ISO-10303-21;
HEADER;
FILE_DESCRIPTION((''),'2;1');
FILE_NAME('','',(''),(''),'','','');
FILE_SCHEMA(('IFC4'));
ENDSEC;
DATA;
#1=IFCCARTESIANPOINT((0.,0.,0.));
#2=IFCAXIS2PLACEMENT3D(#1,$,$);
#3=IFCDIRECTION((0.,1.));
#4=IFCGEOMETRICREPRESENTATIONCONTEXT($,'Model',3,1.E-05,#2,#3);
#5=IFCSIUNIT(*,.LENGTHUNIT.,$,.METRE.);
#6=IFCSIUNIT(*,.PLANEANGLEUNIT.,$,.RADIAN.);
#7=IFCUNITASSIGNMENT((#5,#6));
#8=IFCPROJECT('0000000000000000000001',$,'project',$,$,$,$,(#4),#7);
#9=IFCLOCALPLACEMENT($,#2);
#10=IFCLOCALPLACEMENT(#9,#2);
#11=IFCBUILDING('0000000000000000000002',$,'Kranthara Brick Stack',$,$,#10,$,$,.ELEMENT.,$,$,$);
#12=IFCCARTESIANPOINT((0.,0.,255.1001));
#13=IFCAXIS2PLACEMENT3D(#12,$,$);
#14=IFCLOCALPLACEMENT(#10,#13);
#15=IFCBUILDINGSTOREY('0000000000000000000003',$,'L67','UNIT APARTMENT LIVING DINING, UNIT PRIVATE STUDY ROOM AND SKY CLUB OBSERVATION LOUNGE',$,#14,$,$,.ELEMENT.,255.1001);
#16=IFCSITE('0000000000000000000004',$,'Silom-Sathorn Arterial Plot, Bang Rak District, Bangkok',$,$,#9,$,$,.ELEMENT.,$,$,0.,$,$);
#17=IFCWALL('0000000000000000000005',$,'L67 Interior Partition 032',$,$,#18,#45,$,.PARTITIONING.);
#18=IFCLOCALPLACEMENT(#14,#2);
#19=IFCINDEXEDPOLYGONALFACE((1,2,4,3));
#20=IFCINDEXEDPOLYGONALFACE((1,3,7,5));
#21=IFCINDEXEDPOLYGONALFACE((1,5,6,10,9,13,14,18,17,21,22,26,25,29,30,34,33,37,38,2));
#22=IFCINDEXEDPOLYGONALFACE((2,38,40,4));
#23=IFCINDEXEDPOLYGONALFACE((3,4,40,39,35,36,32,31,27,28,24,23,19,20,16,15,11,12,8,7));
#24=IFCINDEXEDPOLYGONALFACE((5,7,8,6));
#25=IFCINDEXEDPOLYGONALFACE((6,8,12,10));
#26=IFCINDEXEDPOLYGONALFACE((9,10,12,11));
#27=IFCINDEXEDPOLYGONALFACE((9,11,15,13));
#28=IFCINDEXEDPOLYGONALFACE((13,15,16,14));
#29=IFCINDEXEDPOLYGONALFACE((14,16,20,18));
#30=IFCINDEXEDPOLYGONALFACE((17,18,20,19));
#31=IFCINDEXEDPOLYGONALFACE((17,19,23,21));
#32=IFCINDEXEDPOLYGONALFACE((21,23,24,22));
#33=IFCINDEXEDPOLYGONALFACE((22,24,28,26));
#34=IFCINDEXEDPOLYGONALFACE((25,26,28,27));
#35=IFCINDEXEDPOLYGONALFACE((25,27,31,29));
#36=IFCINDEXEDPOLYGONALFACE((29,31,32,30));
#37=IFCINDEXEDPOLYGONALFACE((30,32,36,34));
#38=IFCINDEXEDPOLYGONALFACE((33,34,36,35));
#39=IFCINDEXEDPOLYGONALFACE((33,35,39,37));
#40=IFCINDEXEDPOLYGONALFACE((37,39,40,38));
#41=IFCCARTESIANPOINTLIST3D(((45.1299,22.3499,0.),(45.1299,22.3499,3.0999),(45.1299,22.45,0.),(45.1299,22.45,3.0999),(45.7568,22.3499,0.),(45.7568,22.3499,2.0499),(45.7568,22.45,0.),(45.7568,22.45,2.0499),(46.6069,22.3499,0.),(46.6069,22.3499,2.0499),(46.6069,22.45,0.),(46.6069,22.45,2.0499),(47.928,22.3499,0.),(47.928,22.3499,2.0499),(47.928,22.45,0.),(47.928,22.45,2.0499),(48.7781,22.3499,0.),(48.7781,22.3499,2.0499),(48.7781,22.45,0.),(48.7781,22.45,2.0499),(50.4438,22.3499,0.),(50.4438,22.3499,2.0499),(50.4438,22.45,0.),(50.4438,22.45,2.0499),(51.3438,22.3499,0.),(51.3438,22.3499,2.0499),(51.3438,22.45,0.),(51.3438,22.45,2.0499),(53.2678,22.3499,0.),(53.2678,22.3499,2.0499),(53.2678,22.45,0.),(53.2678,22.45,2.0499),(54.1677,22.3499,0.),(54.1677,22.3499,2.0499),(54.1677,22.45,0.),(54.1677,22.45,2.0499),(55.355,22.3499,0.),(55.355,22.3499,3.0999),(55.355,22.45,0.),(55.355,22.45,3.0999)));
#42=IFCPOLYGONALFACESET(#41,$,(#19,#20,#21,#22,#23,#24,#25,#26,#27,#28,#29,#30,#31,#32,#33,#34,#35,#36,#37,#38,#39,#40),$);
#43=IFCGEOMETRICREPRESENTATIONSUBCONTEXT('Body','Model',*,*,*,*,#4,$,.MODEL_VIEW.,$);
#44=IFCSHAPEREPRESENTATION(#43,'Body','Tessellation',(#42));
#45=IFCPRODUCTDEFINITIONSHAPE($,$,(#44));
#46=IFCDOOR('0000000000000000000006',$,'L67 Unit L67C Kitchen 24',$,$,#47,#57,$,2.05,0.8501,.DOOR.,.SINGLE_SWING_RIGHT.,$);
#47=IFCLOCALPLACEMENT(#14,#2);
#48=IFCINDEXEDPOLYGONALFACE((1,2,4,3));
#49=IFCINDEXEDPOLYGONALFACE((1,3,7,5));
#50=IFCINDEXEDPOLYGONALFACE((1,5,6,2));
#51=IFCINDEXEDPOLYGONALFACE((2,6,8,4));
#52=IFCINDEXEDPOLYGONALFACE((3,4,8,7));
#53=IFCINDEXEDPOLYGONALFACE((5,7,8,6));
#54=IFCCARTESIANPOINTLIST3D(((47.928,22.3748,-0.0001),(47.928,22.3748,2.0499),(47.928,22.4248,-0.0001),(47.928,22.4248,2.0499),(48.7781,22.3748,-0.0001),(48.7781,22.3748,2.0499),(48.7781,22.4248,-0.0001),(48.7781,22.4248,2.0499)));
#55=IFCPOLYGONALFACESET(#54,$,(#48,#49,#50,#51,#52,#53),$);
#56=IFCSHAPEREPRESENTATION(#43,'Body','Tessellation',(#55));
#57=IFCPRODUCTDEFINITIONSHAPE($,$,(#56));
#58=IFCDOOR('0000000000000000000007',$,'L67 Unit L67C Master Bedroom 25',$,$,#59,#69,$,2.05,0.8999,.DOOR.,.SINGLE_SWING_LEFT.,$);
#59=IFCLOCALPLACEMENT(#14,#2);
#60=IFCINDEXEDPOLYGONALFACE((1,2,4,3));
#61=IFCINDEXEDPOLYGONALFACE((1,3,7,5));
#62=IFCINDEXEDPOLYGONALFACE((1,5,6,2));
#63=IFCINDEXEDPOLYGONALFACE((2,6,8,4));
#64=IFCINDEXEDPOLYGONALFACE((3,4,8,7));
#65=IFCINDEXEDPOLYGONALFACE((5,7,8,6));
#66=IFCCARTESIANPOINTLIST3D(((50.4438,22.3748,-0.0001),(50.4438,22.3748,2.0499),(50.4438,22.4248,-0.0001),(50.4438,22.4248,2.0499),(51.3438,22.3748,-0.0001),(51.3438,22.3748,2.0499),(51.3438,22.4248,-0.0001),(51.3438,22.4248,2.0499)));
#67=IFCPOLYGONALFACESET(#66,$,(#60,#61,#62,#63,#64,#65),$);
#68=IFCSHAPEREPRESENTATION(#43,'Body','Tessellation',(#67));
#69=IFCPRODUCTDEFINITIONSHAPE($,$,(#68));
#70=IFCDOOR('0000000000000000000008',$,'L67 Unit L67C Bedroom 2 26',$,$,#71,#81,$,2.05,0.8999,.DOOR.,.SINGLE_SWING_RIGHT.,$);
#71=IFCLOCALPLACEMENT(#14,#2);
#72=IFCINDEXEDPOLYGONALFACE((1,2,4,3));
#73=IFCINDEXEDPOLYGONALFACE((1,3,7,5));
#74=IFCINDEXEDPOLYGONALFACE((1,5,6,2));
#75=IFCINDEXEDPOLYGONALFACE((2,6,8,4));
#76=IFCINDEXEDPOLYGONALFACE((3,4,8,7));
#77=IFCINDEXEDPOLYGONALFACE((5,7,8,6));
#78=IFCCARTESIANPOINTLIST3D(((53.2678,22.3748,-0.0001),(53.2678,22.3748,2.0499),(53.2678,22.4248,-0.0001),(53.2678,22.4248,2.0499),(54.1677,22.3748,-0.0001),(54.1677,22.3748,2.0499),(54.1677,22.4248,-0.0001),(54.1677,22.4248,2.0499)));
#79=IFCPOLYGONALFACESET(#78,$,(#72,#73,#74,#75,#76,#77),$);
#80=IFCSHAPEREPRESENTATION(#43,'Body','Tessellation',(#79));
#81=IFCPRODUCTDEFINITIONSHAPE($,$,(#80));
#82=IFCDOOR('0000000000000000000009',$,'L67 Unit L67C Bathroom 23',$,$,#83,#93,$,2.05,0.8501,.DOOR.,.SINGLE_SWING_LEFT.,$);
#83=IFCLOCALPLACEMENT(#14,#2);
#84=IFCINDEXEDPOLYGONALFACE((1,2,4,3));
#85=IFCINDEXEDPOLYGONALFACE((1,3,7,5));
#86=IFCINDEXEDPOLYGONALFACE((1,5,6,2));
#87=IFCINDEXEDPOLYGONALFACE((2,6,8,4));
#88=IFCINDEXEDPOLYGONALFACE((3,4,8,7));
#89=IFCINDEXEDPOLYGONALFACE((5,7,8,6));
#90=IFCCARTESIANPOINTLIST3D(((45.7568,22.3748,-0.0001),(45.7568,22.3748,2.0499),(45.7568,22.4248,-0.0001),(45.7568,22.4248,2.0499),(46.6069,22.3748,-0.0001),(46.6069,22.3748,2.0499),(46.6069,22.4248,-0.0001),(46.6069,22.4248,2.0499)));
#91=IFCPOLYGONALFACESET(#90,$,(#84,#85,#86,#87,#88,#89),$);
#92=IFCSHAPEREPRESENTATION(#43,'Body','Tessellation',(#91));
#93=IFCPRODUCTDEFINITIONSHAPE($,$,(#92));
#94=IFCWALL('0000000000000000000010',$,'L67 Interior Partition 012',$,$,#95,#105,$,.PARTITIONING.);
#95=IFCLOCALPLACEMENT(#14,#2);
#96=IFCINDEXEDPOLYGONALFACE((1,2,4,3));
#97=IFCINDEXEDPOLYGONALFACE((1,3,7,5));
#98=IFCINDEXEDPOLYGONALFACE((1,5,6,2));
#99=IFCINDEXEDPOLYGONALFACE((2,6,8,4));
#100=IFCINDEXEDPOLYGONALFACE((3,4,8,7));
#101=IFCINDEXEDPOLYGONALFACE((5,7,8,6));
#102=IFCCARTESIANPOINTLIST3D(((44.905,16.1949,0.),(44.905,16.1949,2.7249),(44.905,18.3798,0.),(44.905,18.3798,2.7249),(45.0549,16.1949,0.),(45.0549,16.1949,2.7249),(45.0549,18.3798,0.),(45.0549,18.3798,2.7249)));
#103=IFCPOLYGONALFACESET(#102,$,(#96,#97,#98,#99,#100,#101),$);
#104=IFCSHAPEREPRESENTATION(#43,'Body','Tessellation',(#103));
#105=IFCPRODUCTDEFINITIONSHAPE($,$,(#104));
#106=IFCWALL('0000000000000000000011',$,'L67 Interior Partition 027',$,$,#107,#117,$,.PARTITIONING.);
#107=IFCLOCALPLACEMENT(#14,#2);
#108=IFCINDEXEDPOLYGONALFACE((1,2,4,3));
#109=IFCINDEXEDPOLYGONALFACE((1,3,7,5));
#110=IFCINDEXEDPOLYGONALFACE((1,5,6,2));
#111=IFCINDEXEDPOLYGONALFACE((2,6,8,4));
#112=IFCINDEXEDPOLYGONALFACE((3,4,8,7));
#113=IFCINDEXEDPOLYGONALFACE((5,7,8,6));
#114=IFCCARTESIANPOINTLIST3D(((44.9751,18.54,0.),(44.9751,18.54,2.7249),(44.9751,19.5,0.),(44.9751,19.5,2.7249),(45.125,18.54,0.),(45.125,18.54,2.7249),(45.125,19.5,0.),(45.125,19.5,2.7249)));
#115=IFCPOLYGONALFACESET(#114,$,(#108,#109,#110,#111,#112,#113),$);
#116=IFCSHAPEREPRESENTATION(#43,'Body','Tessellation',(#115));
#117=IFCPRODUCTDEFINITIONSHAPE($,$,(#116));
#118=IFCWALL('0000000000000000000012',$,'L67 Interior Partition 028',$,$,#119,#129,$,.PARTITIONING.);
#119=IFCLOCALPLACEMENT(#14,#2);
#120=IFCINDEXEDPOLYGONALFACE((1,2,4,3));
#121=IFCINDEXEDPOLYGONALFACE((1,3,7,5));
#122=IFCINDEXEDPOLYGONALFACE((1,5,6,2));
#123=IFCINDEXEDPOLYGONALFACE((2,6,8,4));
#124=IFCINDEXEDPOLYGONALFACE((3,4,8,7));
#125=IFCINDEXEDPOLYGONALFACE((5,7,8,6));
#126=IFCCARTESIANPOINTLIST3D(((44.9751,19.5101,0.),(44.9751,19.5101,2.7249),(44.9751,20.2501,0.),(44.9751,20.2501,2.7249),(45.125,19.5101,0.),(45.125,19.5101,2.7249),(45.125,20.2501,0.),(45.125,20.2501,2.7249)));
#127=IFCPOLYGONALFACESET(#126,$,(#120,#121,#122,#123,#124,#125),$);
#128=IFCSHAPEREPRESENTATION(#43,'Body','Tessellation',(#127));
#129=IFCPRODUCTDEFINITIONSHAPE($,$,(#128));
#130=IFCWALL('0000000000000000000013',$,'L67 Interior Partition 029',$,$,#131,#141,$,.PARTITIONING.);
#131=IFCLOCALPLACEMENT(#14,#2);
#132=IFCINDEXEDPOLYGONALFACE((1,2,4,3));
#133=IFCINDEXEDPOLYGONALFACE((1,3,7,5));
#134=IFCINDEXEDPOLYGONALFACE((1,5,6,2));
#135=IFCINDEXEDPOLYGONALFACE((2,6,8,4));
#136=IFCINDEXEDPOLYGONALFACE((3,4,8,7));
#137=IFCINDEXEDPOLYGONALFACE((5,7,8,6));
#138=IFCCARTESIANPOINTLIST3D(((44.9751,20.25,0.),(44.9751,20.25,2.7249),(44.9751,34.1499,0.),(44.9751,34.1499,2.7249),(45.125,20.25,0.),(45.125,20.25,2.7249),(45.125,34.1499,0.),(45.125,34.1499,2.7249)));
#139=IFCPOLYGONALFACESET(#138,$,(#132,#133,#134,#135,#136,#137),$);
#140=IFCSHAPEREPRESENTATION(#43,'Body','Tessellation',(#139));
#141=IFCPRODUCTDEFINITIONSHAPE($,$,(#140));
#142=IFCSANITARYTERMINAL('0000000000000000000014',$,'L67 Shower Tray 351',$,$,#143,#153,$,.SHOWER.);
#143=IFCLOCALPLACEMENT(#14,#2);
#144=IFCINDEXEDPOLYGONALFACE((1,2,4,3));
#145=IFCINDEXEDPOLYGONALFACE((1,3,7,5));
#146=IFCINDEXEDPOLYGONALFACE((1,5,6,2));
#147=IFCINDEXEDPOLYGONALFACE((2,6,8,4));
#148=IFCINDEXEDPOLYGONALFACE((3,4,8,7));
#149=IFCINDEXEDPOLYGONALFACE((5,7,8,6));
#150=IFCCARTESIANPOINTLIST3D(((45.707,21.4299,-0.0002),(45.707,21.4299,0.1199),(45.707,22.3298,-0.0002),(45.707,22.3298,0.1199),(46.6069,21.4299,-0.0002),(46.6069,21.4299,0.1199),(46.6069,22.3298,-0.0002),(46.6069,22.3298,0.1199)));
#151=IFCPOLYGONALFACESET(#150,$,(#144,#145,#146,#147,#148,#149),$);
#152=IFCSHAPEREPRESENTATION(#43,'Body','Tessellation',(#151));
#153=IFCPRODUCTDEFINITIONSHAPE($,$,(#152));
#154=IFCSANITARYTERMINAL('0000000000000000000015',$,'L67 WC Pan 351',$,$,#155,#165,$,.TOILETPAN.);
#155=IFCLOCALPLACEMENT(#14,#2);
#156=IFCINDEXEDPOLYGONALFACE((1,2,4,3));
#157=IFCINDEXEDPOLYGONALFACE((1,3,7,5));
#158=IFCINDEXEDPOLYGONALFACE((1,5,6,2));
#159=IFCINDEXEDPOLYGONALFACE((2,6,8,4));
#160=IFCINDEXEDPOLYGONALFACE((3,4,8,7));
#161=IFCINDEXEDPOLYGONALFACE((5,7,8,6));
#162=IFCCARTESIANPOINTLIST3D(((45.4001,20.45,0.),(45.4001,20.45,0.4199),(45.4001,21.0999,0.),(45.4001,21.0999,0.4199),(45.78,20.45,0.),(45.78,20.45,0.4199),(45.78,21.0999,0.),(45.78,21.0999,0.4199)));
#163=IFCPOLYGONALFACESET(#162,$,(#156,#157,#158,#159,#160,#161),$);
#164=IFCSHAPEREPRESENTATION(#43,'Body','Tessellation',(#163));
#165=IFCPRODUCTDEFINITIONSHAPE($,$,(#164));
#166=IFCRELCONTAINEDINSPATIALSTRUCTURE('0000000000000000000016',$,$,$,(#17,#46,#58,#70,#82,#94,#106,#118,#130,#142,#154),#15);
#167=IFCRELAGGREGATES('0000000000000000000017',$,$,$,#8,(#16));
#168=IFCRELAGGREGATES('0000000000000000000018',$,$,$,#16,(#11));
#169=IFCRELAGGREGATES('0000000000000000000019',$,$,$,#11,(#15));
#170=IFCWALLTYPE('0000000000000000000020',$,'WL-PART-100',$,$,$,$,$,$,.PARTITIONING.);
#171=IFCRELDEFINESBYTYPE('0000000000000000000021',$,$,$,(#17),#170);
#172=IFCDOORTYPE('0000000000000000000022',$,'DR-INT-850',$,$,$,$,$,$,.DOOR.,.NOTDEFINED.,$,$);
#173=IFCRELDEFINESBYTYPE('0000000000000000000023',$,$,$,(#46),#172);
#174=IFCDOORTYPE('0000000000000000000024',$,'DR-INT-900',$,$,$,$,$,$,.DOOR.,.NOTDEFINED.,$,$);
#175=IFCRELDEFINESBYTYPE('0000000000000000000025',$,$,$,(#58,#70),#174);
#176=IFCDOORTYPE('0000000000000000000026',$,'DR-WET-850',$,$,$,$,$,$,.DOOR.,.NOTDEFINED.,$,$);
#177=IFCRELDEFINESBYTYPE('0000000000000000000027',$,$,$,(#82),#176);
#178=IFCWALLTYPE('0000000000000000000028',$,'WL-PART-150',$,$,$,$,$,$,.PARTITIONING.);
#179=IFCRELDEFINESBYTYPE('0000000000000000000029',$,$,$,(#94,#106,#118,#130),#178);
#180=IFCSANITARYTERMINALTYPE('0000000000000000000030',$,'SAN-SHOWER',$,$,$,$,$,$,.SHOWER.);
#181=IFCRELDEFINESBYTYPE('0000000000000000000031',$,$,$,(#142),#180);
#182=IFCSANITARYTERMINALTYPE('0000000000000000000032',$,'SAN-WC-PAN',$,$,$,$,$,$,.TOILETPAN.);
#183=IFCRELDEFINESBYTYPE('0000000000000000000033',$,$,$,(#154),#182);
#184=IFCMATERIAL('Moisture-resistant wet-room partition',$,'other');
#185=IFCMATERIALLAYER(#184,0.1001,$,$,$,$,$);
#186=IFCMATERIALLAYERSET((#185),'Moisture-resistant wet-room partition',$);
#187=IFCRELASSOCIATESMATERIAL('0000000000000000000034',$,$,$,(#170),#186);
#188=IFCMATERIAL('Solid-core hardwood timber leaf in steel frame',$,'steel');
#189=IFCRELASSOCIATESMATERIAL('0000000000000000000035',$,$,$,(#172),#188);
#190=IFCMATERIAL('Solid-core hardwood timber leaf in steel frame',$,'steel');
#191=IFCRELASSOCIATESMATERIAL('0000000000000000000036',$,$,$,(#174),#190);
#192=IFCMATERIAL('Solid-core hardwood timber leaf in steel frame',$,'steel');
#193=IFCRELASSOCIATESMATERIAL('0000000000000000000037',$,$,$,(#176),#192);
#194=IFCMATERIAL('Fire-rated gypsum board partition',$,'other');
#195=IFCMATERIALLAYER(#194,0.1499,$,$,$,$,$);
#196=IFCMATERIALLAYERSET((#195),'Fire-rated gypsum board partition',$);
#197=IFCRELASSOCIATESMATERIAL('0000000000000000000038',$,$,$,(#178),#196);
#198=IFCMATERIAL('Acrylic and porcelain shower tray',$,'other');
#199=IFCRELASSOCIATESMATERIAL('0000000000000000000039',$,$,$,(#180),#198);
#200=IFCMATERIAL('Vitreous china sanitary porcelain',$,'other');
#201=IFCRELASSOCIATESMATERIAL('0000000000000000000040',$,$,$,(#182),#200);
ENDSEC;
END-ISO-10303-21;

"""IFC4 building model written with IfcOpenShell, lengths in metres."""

from ifc_helpers import new_model, si_unit, direction, frame, frame_2d, origin, origin_2d, place, context, subcontext, project, spatial, rectangle, extrude, material, layer, layer_set, type_object, element, fill, save


model = new_model("IFC4")

# Units and contexts
model_context = context("Model", 3, precision=1e-05, world=origin(), true_north=direction((0.0, 1.0)))
body_context = subcontext(model_context, "Body", "Model", "MODEL_VIEW")
ifc_project = project(units=[si_unit("LENGTHUNIT", "METRE"), si_unit("PLANEANGLEUNIT", "RADIAN")], contexts=[model_context])

# Site, building, storey
site_placement = place(None, origin())
site = spatial("IfcSite", under=ifc_project, at=site_placement, Name="Silom-Sathorn Arterial Plot, Bang Rak District, Bangkok", CompositionType="ELEMENT", RefElevation=0.0)
building_placement = place(site_placement, origin())
building = spatial("IfcBuilding", under=site, at=building_placement, Name="Kranthara Brick Stack", CompositionType="ELEMENT")
storey_placement = place(building_placement, frame((0.0, 0.0, 255.1001)))
storey = spatial("IfcBuildingStorey", under=building, at=storey_placement, Name="L67", Description="UNIT APARTMENT LIVING DINING, UNIT PRIVATE STUDY ROOM AND SKY CLUB OBSERVATION LOUNGE", CompositionType="ELEMENT", Elevation=255.1001)

# Wall, openings, doors
ifc_material_1 = material(Name="Moisture-resistant wet-room partition", Category="other")
ifc_layer_1 = layer(ifc_material_1, 0.1001)
ifc_layer_set_1 = layer_set([ifc_layer_1], Name="Moisture-resistant wet-room partition")
wall_type_1 = type_object("IfcWallType", Name="WL-PART-100", PredefinedType="PARTITIONING", material=ifc_layer_set_1)
wall_1_placement = place(storey_placement, frame((45.1299, 22.3999, 0.0), z_axis=(0.0, 0.0, 1.0), x_axis=(1.0, 0.0, 0.0)))
wall_1 = element("IfcWall", 1, at=wall_1_placement, inside=storey, type_object=wall_type_1, Name="L67 Interior Partition 032", PredefinedType="PARTITIONING", context=body_context, shape_type="SweptSolid", body=[
    extrude(rectangle(XDim=10.2251, YDim=0.1001, at=frame_2d((5.1125, 0.0))), origin(), (0.0, 0.0, 1.0), 3.0999),
])
opening_1_placement = place(wall_1_placement, frame((0.627, 0.0, 0.0)))
opening_1 = element("IfcOpeningElement", 2, at=opening_1_placement, cuts=wall_1, PredefinedType="OPENING", context=body_context, shape_type="SweptSolid", body=[
    extrude(rectangle(XDim=0.8501, YDim=2.05, at=frame_2d((0.425, 1.0249))), frame((0.0, 0.0601, 0.0), z_axis=(0.0, -1.0, 0.0), x_axis=(1.0, 0.0, 0.0)), (0.0, 0.0, 1.0), 0.1201),
])
opening_2_placement = place(wall_1_placement, frame((2.7981, 0.0, 0.0)))
opening_2 = element("IfcOpeningElement", 3, at=opening_2_placement, cuts=wall_1, PredefinedType="OPENING", context=body_context, shape_type="SweptSolid", body=[
    extrude(rectangle(XDim=0.8501, YDim=2.05, at=frame_2d((0.425, 1.0249))), frame((0.0, 0.0601, 0.0), z_axis=(0.0, -1.0, 0.0), x_axis=(1.0, 0.0, 0.0)), (0.0, 0.0, 1.0), 0.1201),
])
opening_3_placement = place(wall_1_placement, frame((5.314, 0.0, 0.0)))
opening_3 = element("IfcOpeningElement", 4, at=opening_3_placement, cuts=wall_1, PredefinedType="OPENING", context=body_context, shape_type="SweptSolid", body=[
    extrude(rectangle(XDim=0.8999, YDim=2.05, at=frame_2d((0.45, 1.0249))), frame((0.0, 0.0601, 0.0), z_axis=(0.0, -1.0, 0.0), x_axis=(1.0, 0.0, 0.0)), (0.0, 0.0, 1.0), 0.1201),
])
opening_4_placement = place(wall_1_placement, frame((8.1379, 0.0, 0.0)))
opening_4 = element("IfcOpeningElement", 5, at=opening_4_placement, cuts=wall_1, PredefinedType="OPENING", context=body_context, shape_type="SweptSolid", body=[
    extrude(rectangle(XDim=0.8999, YDim=2.05, at=frame_2d((0.45, 1.0249))), frame((0.0, 0.0601, 0.0), z_axis=(0.0, -1.0, 0.0), x_axis=(1.0, 0.0, 0.0)), (0.0, 0.0, 1.0), 0.1201),
])
ifc_material_2 = material(Name="Solid-core hardwood timber leaf in steel frame", Category="steel")
door_type_1 = type_object("IfcDoorType", Name="DR-INT-850", OperationType="NOTDEFINED", PredefinedType="DOOR", material=ifc_material_2)
door_1_placement = place(opening_2_placement, origin())
door_1 = element("IfcDoor", 6, at=door_1_placement, inside=storey, type_object=door_type_1, Name="L67 Unit L67C Kitchen 24", OperationType="SINGLE_SWING_RIGHT", OverallHeight=2.05, OverallWidth=0.8501, PredefinedType="DOOR", context=body_context, shape_type="SweptSolid", body=[
    extrude(rectangle(XDim=0.8501, YDim=2.05, at=frame_2d((0.425, 1.0249))), frame((0.0, 0.0249, 0.0), z_axis=(0.0, -1.0, 0.0), x_axis=(1.0, 0.0, 0.0)), (0.0, 0.0, 1.0), 0.05),
])
fill(opening_2, door_1)
ifc_material_3 = material(Name="Solid-core hardwood timber leaf in steel frame", Category="steel")
door_type_2 = type_object("IfcDoorType", Name="DR-INT-900", OperationType="NOTDEFINED", PredefinedType="DOOR", material=ifc_material_3)
door_2_placement = place(opening_3_placement, origin())
door_2 = element("IfcDoor", 7, at=door_2_placement, inside=storey, type_object=door_type_2, Name="L67 Unit L67C Master Bedroom 25", OperationType="SINGLE_SWING_LEFT", OverallHeight=2.05, OverallWidth=0.8999, PredefinedType="DOOR", context=body_context, shape_type="SweptSolid", body=[
    extrude(rectangle(XDim=0.8999, YDim=2.05, at=frame_2d((0.45, 1.0249))), frame((0.0, 0.0249, 0.0), z_axis=(0.0, -1.0, 0.0), x_axis=(1.0, 0.0, 0.0)), (0.0, 0.0, 1.0), 0.05),
])
fill(opening_3, door_2)
door_3_placement = place(opening_4_placement, origin())
door_3 = element("IfcDoor", 8, at=door_3_placement, inside=storey, type_object=door_type_2, Name="L67 Unit L67C Bedroom 2 26", OperationType="SINGLE_SWING_RIGHT", OverallHeight=2.05, OverallWidth=0.8999, PredefinedType="DOOR", context=body_context, shape_type="SweptSolid", body=[
    extrude(rectangle(XDim=0.8999, YDim=2.05, at=frame_2d((0.45, 1.0249))), frame((0.0, 0.0249, 0.0), z_axis=(0.0, -1.0, 0.0), x_axis=(1.0, 0.0, 0.0)), (0.0, 0.0, 1.0), 0.05),
])
fill(opening_4, door_3)
ifc_material_4 = material(Name="Solid-core hardwood timber leaf in steel frame", Category="steel")
door_type_3 = type_object("IfcDoorType", Name="DR-WET-850", OperationType="NOTDEFINED", PredefinedType="DOOR", material=ifc_material_4)
door_4_placement = place(opening_1_placement, origin())
door_4 = element("IfcDoor", 9, at=door_4_placement, inside=storey, type_object=door_type_3, Name="L67 Unit L67C Bathroom 23", OperationType="SINGLE_SWING_LEFT", OverallHeight=2.05, OverallWidth=0.8501, PredefinedType="DOOR", context=body_context, shape_type="SweptSolid", body=[
    extrude(rectangle(XDim=0.8501, YDim=2.05, at=frame_2d((0.425, 1.0249))), frame((0.0, 0.0249, 0.0), z_axis=(0.0, -1.0, 0.0), x_axis=(1.0, 0.0, 0.0)), (0.0, 0.0, 1.0), 0.05),
])
fill(opening_1, door_4)

# Walls
ifc_material_5 = material(Name="Fire-rated gypsum board partition", Category="other")
ifc_layer_2 = layer(ifc_material_5, 0.1499)
ifc_layer_set_2 = layer_set([ifc_layer_2], Name="Fire-rated gypsum board partition")
wall_type_2 = type_object("IfcWallType", Name="WL-PART-150", PredefinedType="PARTITIONING", material=ifc_layer_set_2)
wall_2_placement = place(storey_placement, frame((44.98, 16.1951, 0.0), z_axis=(0.0, 0.0, 1.0), x_axis=(0.0, 1.0, 0.0)))
element("IfcWall", 10, at=wall_2_placement, inside=storey, type_object=wall_type_2, Name="L67 Interior Partition 012", PredefinedType="PARTITIONING", context=body_context, shape_type="SweptSolid", body=[
    extrude(rectangle(XDim=2.1848, YDim=0.1499, at=frame_2d((1.0923, 0.0))), origin(), (0.0, 0.0, 1.0), 2.7249),
])
wall_3_placement = place(storey_placement, frame((45.05, 19.5, 0.0), z_axis=(0.0, 0.0, 1.0), x_axis=(0.0, -1.0, 0.0)))
element("IfcWall", 11, at=wall_3_placement, inside=storey, type_object=wall_type_2, Name="L67 Interior Partition 027", PredefinedType="PARTITIONING", context=body_context, shape_type="SweptSolid", body=[
    extrude(rectangle(XDim=0.96, YDim=0.1499, at=frame_2d((0.48, 0.0))), origin(), (0.0, 0.0, 1.0), 2.7249),
])
wall_4_placement = place(storey_placement, frame((45.05, 19.51, 0.0), z_axis=(0.0, 0.0, 1.0), x_axis=(0.0, 1.0, 0.0)))
element("IfcWall", 12, at=wall_4_placement, inside=storey, type_object=wall_type_2, Name="L67 Interior Partition 028", PredefinedType="PARTITIONING", context=body_context, shape_type="SweptSolid", body=[
    extrude(rectangle(XDim=0.74, YDim=0.1499, at=frame_2d((0.3701, 0.0))), origin(), (0.0, 0.0, 1.0), 2.7249),
])
wall_5_placement = place(storey_placement, frame((45.05, 20.25, 0.0), z_axis=(0.0, 0.0, 1.0), x_axis=(0.0, 1.0, 0.0)))
element("IfcWall", 13, at=wall_5_placement, inside=storey, type_object=wall_type_2, Name="L67 Interior Partition 029", PredefinedType="PARTITIONING", context=body_context, shape_type="SweptSolid", body=[
    extrude(rectangle(XDim=13.8999, YDim=0.1499, at=frame_2d((6.95, 0.0))), origin(), (0.0, 0.0, 1.0), 2.7249),
])

# Sanitary terminals
ifc_material_6 = material(Name="Acrylic and porcelain shower tray", Category="other")
sanitary_terminal_type_1 = type_object("IfcSanitaryTerminalType", Name="SAN-SHOWER", PredefinedType="SHOWER", material=ifc_material_6)
sanitary_terminal_1_placement = place(storey_placement, frame((46.157, 21.8799, -0.0002), z_axis=(0.0, 0.0, 1.0), x_axis=(1.0, 0.0, 0.0)))
element("IfcSanitaryTerminal", 14, at=sanitary_terminal_1_placement, inside=storey, type_object=sanitary_terminal_type_1, Name="L67 Shower Tray 351", PredefinedType="SHOWER", context=body_context, shape_type="SweptSolid", body=[
    extrude(rectangle(XDim=0.8999, YDim=0.8999, at=origin_2d()), origin(), (0.0, 0.0, 1.0), 0.1201),
])
ifc_material_7 = material(Name="Vitreous china sanitary porcelain", Category="other")
sanitary_terminal_type_2 = type_object("IfcSanitaryTerminalType", Name="SAN-WC-PAN", PredefinedType="TOILETPAN", material=ifc_material_7)
sanitary_terminal_2_placement = place(storey_placement, frame((45.5901, 20.7749, 0.0), z_axis=(0.0, 0.0, 1.0), x_axis=(1.0, 0.0, 0.0)))
element("IfcSanitaryTerminal", 15, at=sanitary_terminal_2_placement, inside=storey, type_object=sanitary_terminal_type_2, Name="L67 WC Pan 351", PredefinedType="TOILETPAN", context=body_context, shape_type="SweptSolid", body=[
    extrude(rectangle(XDim=0.3799, YDim=0.6499, at=origin_2d()), origin(), (0.0, 0.0, 1.0), 0.4199),
])

save(model, "model.ifc")
